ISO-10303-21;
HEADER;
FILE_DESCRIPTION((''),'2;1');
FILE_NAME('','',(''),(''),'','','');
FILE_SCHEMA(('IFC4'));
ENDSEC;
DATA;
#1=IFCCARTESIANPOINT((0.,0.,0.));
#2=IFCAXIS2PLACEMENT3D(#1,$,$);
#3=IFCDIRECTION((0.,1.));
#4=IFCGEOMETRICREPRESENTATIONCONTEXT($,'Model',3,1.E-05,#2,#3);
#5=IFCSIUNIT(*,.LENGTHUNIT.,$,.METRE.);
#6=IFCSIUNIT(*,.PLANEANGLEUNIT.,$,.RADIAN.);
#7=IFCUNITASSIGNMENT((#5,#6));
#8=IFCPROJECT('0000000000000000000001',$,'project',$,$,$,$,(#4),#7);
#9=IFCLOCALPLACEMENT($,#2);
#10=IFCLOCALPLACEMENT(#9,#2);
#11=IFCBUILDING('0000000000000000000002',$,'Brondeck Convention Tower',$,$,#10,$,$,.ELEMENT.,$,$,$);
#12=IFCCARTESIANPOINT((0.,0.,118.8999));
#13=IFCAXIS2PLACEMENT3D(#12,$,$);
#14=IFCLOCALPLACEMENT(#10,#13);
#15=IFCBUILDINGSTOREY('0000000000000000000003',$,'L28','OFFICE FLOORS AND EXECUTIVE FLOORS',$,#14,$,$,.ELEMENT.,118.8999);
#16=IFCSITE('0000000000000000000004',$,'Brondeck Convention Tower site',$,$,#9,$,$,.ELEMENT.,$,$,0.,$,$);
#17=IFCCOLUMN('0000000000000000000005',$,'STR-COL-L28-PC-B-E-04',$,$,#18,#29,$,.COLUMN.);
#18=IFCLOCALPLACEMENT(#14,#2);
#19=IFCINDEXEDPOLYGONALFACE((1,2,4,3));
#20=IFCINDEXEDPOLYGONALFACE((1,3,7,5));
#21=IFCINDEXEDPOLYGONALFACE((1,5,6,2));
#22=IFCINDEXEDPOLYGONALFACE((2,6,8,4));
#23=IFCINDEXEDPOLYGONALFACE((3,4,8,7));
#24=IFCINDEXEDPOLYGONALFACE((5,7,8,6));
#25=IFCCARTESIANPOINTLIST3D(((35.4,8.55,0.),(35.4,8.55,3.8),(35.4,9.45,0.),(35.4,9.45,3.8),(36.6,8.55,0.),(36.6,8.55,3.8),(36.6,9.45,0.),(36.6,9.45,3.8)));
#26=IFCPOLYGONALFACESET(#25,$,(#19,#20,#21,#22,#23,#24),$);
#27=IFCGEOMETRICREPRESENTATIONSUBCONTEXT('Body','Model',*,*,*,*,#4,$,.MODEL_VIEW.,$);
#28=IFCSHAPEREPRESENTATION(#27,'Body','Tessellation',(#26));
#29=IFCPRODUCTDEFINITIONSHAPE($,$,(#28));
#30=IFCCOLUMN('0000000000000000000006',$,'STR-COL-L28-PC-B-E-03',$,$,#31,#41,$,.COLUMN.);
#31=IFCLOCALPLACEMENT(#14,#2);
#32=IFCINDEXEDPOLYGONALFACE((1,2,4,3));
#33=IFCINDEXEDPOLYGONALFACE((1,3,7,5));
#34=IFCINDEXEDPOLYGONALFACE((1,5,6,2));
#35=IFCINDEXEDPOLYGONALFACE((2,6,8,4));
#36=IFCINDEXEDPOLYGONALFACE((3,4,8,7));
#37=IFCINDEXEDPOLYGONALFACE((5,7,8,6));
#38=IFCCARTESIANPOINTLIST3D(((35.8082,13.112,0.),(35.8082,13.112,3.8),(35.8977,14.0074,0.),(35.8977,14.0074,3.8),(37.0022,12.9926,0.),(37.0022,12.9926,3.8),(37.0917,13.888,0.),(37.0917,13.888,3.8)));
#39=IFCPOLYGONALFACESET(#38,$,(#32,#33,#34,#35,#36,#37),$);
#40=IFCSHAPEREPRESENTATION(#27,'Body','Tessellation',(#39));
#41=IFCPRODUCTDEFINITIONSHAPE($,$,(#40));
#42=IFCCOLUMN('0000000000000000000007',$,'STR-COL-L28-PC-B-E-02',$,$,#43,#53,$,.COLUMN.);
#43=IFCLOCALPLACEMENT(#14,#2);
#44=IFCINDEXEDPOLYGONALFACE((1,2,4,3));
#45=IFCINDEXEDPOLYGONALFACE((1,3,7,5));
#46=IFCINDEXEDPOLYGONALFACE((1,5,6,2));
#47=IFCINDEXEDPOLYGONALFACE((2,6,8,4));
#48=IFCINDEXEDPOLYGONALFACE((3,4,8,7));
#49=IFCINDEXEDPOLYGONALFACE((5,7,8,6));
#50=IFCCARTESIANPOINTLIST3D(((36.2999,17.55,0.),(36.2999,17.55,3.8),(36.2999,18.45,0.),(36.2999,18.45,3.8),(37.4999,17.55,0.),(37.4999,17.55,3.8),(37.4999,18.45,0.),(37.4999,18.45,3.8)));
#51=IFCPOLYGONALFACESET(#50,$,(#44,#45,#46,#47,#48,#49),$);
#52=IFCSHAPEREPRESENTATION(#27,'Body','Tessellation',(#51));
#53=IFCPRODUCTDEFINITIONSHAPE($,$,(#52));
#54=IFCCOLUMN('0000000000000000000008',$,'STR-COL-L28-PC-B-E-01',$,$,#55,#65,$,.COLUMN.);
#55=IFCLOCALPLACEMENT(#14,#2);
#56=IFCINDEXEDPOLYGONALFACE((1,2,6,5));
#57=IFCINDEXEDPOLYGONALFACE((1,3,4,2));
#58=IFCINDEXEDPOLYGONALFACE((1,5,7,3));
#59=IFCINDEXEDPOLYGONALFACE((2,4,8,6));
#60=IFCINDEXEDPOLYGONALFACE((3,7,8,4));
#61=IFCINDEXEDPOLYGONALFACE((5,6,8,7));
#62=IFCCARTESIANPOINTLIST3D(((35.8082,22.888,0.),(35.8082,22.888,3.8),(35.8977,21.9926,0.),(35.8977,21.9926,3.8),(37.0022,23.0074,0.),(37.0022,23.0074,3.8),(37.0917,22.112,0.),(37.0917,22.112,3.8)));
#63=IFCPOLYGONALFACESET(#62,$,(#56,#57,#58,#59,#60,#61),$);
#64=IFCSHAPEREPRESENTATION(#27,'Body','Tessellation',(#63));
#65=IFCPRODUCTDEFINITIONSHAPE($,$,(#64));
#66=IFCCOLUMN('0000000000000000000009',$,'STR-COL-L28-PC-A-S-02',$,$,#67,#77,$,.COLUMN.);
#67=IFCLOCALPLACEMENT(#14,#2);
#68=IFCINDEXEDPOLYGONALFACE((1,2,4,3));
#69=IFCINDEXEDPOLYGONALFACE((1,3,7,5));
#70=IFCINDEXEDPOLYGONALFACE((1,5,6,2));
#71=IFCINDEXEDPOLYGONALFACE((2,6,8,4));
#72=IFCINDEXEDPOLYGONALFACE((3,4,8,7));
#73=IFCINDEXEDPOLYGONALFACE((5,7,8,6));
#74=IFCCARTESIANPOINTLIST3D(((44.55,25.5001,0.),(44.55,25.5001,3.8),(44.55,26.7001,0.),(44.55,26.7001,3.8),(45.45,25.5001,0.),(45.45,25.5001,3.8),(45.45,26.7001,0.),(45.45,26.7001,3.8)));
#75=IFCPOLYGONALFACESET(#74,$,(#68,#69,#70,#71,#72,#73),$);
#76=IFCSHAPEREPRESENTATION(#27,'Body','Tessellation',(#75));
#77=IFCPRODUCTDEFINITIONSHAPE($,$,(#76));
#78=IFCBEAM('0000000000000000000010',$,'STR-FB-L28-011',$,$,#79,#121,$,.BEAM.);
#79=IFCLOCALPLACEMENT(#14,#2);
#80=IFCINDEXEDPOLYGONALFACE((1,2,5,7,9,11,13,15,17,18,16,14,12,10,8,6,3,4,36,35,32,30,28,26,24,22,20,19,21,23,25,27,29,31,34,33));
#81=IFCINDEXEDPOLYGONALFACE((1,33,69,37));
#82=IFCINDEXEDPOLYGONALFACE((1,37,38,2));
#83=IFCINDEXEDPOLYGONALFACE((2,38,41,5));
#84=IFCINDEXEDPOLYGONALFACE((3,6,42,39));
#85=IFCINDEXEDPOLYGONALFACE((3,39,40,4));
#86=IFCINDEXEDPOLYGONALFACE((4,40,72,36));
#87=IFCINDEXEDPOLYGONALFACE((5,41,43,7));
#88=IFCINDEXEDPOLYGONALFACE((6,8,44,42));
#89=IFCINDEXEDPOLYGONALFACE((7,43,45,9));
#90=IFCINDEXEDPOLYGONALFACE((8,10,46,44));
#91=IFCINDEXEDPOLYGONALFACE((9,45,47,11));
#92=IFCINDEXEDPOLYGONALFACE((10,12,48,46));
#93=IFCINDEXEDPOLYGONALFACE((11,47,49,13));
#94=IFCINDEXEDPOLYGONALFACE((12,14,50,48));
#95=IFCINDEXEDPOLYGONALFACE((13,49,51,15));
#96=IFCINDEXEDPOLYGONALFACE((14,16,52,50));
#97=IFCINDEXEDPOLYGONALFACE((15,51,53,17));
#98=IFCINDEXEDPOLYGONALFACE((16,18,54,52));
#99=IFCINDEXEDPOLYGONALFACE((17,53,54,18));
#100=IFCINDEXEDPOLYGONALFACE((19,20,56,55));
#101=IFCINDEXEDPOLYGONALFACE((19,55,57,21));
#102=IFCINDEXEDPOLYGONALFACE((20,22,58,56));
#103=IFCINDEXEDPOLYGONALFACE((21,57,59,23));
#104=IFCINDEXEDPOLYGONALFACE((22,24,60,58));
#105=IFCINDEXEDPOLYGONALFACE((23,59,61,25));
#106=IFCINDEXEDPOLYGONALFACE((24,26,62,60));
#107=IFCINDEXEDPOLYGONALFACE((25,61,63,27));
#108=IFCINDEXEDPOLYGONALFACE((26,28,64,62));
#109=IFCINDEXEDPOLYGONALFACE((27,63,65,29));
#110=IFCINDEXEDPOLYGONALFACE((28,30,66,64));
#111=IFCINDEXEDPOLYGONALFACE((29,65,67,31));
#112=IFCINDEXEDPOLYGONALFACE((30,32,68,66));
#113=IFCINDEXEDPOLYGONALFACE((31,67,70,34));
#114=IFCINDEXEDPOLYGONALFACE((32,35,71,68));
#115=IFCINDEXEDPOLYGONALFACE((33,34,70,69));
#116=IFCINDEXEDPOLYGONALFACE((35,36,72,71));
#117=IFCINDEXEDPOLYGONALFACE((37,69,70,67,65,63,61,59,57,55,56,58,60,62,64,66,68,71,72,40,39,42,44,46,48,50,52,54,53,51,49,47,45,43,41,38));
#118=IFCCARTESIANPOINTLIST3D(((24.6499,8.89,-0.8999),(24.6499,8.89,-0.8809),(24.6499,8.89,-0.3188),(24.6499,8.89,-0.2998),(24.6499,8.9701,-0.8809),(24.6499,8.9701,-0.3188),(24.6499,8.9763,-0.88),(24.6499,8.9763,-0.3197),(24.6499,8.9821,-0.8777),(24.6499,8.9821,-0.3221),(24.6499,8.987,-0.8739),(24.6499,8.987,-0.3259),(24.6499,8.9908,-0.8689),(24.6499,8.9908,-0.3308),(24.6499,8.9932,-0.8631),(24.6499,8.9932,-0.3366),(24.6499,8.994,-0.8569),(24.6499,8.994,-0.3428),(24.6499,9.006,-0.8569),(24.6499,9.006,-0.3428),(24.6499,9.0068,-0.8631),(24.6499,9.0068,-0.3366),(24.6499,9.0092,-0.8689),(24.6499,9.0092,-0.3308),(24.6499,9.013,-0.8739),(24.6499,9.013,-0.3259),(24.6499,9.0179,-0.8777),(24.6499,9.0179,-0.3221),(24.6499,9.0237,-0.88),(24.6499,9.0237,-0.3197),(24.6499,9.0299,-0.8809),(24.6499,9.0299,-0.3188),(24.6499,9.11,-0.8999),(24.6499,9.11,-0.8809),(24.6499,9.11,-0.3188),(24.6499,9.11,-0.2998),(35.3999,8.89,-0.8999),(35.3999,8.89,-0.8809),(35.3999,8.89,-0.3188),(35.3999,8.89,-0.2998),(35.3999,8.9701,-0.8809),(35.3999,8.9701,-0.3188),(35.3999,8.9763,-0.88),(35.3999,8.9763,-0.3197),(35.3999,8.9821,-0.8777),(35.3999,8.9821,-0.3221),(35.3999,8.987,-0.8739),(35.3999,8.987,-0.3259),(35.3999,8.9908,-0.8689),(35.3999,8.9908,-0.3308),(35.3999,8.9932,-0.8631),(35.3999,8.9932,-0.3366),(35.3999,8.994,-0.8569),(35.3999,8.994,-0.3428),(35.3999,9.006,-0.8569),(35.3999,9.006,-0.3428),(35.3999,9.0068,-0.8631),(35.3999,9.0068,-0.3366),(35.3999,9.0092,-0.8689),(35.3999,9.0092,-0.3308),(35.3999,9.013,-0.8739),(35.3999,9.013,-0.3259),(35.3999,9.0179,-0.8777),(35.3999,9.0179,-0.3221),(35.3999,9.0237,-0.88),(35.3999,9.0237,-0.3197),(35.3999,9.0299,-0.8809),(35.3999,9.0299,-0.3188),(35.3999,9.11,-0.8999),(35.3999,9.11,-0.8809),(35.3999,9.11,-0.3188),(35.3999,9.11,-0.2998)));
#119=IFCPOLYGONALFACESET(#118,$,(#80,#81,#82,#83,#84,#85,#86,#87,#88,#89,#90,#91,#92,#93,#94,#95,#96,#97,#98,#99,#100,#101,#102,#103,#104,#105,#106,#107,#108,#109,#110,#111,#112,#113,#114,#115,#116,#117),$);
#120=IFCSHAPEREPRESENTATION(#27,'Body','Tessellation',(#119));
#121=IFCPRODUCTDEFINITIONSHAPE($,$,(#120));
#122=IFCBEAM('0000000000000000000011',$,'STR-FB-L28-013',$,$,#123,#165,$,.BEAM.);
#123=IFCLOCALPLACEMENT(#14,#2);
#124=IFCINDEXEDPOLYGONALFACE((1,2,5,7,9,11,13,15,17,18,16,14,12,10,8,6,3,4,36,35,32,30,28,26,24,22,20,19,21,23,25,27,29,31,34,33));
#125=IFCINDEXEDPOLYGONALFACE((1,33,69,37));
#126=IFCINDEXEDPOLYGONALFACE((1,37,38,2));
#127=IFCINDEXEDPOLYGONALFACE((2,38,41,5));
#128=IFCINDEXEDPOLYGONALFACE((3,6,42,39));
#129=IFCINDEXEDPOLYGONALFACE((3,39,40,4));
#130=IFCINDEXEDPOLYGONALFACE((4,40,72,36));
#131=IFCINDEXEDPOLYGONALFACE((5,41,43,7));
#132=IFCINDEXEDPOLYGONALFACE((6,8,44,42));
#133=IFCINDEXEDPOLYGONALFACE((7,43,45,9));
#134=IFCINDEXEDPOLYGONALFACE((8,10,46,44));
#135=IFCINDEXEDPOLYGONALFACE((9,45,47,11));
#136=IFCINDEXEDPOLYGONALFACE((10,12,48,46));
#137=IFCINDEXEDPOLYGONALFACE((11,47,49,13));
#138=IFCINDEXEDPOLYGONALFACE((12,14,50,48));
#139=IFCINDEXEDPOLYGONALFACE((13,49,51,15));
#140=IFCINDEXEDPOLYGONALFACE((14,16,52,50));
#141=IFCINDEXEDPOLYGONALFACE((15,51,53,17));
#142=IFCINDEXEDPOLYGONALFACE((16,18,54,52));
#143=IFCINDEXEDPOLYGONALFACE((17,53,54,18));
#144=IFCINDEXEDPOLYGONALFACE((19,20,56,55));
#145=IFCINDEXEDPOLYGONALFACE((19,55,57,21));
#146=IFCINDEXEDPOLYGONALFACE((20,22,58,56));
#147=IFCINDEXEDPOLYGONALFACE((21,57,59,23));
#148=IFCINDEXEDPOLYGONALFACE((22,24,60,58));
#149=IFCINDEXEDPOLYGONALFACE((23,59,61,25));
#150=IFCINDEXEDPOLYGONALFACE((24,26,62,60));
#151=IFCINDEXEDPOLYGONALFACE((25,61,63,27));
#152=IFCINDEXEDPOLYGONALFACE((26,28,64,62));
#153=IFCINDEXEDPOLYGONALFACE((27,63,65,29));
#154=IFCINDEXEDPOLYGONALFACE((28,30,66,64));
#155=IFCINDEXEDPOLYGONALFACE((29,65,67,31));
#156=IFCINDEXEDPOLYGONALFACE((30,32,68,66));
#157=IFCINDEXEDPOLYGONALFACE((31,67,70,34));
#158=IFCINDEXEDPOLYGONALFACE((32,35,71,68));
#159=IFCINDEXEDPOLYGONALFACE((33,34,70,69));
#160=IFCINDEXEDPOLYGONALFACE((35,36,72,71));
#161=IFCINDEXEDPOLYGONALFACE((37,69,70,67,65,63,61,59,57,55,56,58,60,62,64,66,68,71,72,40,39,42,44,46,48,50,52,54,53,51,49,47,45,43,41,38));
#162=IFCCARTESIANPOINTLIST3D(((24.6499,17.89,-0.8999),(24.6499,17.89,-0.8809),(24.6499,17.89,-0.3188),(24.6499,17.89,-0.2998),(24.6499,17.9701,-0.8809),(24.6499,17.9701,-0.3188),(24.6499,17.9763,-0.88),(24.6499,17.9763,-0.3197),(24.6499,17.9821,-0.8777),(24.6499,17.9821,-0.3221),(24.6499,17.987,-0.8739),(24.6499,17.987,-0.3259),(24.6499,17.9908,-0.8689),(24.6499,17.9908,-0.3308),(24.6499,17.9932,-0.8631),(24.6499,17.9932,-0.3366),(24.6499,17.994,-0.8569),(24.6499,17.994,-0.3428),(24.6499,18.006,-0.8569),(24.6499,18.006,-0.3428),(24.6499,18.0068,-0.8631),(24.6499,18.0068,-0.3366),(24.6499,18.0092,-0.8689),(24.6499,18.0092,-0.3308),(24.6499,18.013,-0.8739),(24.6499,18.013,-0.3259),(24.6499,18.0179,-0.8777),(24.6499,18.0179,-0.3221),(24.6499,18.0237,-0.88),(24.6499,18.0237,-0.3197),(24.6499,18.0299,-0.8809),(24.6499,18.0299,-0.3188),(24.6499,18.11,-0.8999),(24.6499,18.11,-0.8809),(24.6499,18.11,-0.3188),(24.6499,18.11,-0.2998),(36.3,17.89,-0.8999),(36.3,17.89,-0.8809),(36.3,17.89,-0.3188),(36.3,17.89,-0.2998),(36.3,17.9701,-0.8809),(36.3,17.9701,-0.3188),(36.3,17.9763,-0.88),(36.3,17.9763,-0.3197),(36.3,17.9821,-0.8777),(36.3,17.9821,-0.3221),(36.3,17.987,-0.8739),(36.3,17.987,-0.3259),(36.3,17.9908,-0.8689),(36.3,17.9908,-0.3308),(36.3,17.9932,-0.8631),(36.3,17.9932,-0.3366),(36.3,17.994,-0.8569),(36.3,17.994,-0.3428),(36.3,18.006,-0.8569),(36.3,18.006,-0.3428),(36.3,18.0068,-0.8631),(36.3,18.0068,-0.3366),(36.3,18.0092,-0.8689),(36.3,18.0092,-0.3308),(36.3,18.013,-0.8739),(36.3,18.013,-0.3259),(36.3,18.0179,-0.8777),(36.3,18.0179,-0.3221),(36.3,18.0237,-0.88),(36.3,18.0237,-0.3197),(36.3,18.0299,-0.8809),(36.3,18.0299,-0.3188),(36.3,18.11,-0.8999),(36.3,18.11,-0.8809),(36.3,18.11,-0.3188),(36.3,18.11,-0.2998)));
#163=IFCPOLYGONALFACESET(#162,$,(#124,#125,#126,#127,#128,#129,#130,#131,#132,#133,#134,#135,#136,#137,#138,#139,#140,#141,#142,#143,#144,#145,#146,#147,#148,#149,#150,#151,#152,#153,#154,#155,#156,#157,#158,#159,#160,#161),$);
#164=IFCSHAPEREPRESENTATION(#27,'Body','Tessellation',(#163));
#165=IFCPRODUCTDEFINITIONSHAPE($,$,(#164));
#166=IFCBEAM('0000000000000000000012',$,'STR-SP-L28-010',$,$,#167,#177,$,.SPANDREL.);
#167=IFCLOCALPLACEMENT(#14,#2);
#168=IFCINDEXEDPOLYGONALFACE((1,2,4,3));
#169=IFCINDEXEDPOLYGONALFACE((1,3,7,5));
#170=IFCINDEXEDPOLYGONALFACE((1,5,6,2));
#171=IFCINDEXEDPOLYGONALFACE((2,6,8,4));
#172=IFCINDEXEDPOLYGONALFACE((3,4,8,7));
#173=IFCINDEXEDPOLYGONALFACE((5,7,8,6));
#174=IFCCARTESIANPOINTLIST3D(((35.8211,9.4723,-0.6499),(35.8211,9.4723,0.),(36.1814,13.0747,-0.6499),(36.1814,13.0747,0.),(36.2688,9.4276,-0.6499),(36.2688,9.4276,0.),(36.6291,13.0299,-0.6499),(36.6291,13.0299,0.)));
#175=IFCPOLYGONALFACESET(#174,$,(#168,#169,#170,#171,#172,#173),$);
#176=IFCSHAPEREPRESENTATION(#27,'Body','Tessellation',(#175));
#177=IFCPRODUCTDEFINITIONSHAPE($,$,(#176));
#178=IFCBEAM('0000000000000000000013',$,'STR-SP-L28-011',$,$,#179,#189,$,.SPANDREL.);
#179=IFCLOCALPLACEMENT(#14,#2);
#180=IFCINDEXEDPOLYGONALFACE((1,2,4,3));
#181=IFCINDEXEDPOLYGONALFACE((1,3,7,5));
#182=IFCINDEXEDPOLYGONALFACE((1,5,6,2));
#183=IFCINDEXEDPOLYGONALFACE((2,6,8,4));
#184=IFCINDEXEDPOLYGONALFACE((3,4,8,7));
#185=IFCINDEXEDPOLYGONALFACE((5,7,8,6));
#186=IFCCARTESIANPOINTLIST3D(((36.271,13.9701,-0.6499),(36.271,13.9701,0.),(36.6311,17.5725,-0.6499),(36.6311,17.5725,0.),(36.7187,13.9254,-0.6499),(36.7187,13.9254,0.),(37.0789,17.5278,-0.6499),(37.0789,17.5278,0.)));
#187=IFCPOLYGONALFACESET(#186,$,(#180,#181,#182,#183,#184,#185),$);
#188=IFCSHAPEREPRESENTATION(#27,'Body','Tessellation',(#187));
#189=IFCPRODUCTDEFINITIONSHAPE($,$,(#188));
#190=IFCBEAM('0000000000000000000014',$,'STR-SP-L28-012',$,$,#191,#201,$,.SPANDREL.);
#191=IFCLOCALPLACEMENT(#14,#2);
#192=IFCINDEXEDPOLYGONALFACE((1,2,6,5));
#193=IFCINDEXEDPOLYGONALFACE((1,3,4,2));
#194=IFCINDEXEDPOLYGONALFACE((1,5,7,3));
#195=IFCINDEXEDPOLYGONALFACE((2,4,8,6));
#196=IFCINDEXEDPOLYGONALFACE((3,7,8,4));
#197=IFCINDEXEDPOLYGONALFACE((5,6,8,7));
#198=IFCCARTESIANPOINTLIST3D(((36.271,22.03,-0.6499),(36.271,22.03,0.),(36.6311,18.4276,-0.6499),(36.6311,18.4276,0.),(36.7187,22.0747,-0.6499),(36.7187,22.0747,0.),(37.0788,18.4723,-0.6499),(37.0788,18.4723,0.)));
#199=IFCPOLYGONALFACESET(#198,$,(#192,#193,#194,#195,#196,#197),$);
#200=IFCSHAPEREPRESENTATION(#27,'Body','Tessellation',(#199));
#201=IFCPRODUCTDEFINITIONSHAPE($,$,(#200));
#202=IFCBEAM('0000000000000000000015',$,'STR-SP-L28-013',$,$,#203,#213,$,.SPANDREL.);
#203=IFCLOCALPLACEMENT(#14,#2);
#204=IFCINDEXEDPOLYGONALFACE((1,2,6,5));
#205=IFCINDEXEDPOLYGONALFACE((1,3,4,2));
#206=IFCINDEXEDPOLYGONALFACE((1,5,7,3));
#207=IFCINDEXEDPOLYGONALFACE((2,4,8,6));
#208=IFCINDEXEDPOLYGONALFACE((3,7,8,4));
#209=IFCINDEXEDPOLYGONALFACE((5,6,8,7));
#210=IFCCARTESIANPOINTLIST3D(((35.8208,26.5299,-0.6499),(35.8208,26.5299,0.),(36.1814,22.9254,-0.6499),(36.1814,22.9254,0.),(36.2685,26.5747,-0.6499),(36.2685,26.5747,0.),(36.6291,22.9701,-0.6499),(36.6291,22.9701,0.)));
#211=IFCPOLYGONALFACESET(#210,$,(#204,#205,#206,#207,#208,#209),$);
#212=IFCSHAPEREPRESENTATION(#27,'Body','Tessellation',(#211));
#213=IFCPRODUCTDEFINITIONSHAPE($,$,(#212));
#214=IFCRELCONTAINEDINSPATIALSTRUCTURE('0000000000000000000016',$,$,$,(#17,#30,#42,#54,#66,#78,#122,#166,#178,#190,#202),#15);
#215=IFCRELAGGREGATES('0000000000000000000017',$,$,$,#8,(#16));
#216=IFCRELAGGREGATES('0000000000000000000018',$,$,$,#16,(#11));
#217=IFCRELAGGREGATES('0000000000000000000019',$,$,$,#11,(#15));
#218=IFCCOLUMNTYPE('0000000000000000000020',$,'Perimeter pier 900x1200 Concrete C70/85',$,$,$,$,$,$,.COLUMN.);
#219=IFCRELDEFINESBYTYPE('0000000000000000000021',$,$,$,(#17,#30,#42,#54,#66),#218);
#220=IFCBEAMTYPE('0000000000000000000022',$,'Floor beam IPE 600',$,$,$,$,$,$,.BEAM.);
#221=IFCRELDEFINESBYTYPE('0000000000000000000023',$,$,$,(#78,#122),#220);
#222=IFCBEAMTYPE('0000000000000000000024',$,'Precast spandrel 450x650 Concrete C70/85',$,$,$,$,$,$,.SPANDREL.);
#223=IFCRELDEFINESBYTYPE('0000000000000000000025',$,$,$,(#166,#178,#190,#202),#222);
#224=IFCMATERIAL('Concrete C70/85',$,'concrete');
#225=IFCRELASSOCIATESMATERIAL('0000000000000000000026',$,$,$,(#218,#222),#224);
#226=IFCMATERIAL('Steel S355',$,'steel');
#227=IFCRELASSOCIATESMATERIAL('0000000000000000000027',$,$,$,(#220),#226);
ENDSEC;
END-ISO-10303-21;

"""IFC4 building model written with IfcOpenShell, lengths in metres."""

from ifc_helpers import new_model, si_unit, direction, frame, origin, origin_2d, place, context, subcontext, project, spatial, rectangle, i_section, extrude, material, material_profile, profile_set, type_object, element, save


model = new_model("IFC4")

# Units and contexts
model_context = context("Model", 3, precision=1e-05, world=origin(), true_north=direction((0.0, 1.0)))
body_context = subcontext(model_context, "Body", "Model", "MODEL_VIEW")
ifc_project = project(units=[si_unit("LENGTHUNIT", "METRE"), si_unit("PLANEANGLEUNIT", "RADIAN")], contexts=[model_context])

# Site, building, storey
site_placement = place(None, origin())
site = spatial("IfcSite", under=ifc_project, at=site_placement, Name="Brondeck Convention Tower site", CompositionType="ELEMENT", RefElevation=0.0)
building_placement = place(site_placement, origin())
building = spatial("IfcBuilding", under=site, at=building_placement, Name="Brondeck Convention Tower", CompositionType="ELEMENT")
storey_placement = place(building_placement, frame((0.0, 0.0, 118.8999)))
storey = spatial("IfcBuildingStorey", under=building, at=storey_placement, Name="L28", Description="OFFICE FLOORS AND EXECUTIVE FLOORS", CompositionType="ELEMENT", Elevation=118.8999)

# Columns
ifc_material_1 = material(Name="Concrete C70/85", Category="concrete")
ifc_material_profile_1 = material_profile(ifc_material_1, rectangle(XDim=0.8999, YDim=1.2, at=origin_2d()), Name="Perimeter pier 900x1200 Concrete C70/85")
ifc_profile_set_1 = profile_set([ifc_material_profile_1], Name="Concrete C70/85")
column_type = type_object("IfcColumnType", Name="Perimeter pier 900x1200 Concrete C70/85", PredefinedType="COLUMN", material=ifc_profile_set_1)
for number, where, z_axis, x_axis, name in (
    (1, (36.0, 9.0, 0.0), (0.0, 0.0, 1.0), (0.0, 1.0, 0.0), "STR-COL-L28-PC-B-E-04"),
    (2, (36.45, 13.5, 0.0), (0.0, 0.0, 1.0), (0.099504, 0.995037, 0.0), "STR-COL-L28-PC-B-E-03"),
    (3, (36.8999, 18.0, 0.0), (0.0, 0.0, 1.0), (0.0, 1.0, 0.0), "STR-COL-L28-PC-B-E-02"),
    (4, (36.45, 22.5, 0.0), (0.0, 0.0, 1.0), (-0.099504, 0.995037, 0.0), "STR-COL-L28-PC-B-E-01"),
    (5, (45.0, 26.1001, 0.0), (0.0, 0.0, 1.0), (1.0, 0.0, 0.0), "STR-COL-L28-PC-A-S-02"),
):
    element("IfcColumn", number, at=place(storey_placement, frame(where, z_axis=z_axis, x_axis=x_axis)), inside=storey, type_object=column_type, Name=name, PredefinedType="COLUMN", context=body_context, shape_type="SweptSolid", body=[
        extrude(rectangle(XDim=0.8999, YDim=1.2, at=origin_2d()), origin(), (0.0, 0.0, 1.0), 3.8),
    ])

# Beams
ifc_material_2 = material(Name="Steel S355", Category="steel")
ifc_material_profile_2 = material_profile(ifc_material_2, i_section(OverallWidth=0.22, OverallDepth=0.6001, WebThickness=0.012, FlangeThickness=0.019, FilletRadius=0.0239, at=origin_2d()), Name="IPE 600")
ifc_profile_set_2 = profile_set([ifc_material_profile_2], Name="Steel S355")
beam_type_1 = type_object("IfcBeamType", Name="Floor beam IPE 600", PredefinedType="BEAM", material=ifc_profile_set_2)
beam_1_placement = place(storey_placement, frame((24.6499, 9.0, -0.5999), z_axis=(1.0, 0.0, 0.0), x_axis=(0.0, 1.0, 0.0)))
element("IfcBeam", 6, at=beam_1_placement, inside=storey, type_object=beam_type_1, Name="STR-FB-L28-011", PredefinedType="BEAM", context=body_context, shape_type="SweptSolid", body=[
    extrude(i_section(OverallWidth=0.22, OverallDepth=0.6001, WebThickness=0.012, FlangeThickness=0.019, FilletRadius=0.0239, at=origin_2d()), origin(), (0.0, 0.0, 1.0), 10.75),
])
beam_2_placement = place(storey_placement, frame((24.6499, 18.0, -0.5999), z_axis=(1.0, 0.0, 0.0), x_axis=(0.0, 1.0, 0.0)))
element("IfcBeam", 7, at=beam_2_placement, inside=storey, type_object=beam_type_1, Name="STR-FB-L28-013", PredefinedType="BEAM", context=body_context, shape_type="SweptSolid", body=[
    extrude(i_section(OverallWidth=0.22, OverallDepth=0.6001, WebThickness=0.012, FlangeThickness=0.019, FilletRadius=0.0239, at=origin_2d()), origin(), (0.0, 0.0, 1.0), 11.6501),
])
ifc_material_profile_3 = material_profile(ifc_material_1, rectangle(XDim=0.45, YDim=0.6499, at=origin_2d()), Name="Precast spandrel 450x650 Concrete C70/85")
ifc_profile_set_3 = profile_set([ifc_material_profile_3], Name="Concrete C70/85")
beam_type_2 = type_object("IfcBeamType", Name="Precast spandrel 450x650 Concrete C70/85", PredefinedType="SPANDREL", material=ifc_profile_set_3)
for number, where, z_axis, x_axis, name in (
    (8, (36.0449, 9.45, -0.325), (0.099537, 0.995034, 0.0), (-0.995034, 0.099537, 0.0), "STR-SP-L28-010"),
    (9, (36.4949, 13.9478, -0.325), (0.09947, 0.995041, 0.0), (-0.995041, 0.09947, 0.0), "STR-SP-L28-011"),
    (10, (36.855, 18.45, -0.325), (-0.09947, 0.995041, 0.0), (-0.995041, -0.09947, 0.0), "STR-SP-L28-012"),
):
    element("IfcBeam", number, at=place(storey_placement, frame(where, z_axis=z_axis, x_axis=x_axis)), inside=storey, type_object=beam_type_2, Name=name, PredefinedType="SPANDREL", context=body_context, shape_type="SweptSolid", body=[
        extrude(rectangle(XDim=0.45, YDim=0.6499, at=origin_2d()), origin(), (0.0, 0.0, 1.0), 3.6204),
    ])
beam_3_placement = place(storey_placement, frame((36.4053, 22.9478, -0.325), z_axis=(-0.099544, 0.995033, 0.0), x_axis=(-0.995033, -0.099544, 0.0)))
element("IfcBeam", 11, at=beam_3_placement, inside=storey, type_object=beam_type_2, Name="STR-SP-L28-013", PredefinedType="SPANDREL", context=body_context, shape_type="SweptSolid", body=[
    extrude(rectangle(XDim=0.45, YDim=0.6499, at=origin_2d()), origin(), (0.0, 0.0, 1.0), 3.6226),
])

save(model, "model.ifc")
